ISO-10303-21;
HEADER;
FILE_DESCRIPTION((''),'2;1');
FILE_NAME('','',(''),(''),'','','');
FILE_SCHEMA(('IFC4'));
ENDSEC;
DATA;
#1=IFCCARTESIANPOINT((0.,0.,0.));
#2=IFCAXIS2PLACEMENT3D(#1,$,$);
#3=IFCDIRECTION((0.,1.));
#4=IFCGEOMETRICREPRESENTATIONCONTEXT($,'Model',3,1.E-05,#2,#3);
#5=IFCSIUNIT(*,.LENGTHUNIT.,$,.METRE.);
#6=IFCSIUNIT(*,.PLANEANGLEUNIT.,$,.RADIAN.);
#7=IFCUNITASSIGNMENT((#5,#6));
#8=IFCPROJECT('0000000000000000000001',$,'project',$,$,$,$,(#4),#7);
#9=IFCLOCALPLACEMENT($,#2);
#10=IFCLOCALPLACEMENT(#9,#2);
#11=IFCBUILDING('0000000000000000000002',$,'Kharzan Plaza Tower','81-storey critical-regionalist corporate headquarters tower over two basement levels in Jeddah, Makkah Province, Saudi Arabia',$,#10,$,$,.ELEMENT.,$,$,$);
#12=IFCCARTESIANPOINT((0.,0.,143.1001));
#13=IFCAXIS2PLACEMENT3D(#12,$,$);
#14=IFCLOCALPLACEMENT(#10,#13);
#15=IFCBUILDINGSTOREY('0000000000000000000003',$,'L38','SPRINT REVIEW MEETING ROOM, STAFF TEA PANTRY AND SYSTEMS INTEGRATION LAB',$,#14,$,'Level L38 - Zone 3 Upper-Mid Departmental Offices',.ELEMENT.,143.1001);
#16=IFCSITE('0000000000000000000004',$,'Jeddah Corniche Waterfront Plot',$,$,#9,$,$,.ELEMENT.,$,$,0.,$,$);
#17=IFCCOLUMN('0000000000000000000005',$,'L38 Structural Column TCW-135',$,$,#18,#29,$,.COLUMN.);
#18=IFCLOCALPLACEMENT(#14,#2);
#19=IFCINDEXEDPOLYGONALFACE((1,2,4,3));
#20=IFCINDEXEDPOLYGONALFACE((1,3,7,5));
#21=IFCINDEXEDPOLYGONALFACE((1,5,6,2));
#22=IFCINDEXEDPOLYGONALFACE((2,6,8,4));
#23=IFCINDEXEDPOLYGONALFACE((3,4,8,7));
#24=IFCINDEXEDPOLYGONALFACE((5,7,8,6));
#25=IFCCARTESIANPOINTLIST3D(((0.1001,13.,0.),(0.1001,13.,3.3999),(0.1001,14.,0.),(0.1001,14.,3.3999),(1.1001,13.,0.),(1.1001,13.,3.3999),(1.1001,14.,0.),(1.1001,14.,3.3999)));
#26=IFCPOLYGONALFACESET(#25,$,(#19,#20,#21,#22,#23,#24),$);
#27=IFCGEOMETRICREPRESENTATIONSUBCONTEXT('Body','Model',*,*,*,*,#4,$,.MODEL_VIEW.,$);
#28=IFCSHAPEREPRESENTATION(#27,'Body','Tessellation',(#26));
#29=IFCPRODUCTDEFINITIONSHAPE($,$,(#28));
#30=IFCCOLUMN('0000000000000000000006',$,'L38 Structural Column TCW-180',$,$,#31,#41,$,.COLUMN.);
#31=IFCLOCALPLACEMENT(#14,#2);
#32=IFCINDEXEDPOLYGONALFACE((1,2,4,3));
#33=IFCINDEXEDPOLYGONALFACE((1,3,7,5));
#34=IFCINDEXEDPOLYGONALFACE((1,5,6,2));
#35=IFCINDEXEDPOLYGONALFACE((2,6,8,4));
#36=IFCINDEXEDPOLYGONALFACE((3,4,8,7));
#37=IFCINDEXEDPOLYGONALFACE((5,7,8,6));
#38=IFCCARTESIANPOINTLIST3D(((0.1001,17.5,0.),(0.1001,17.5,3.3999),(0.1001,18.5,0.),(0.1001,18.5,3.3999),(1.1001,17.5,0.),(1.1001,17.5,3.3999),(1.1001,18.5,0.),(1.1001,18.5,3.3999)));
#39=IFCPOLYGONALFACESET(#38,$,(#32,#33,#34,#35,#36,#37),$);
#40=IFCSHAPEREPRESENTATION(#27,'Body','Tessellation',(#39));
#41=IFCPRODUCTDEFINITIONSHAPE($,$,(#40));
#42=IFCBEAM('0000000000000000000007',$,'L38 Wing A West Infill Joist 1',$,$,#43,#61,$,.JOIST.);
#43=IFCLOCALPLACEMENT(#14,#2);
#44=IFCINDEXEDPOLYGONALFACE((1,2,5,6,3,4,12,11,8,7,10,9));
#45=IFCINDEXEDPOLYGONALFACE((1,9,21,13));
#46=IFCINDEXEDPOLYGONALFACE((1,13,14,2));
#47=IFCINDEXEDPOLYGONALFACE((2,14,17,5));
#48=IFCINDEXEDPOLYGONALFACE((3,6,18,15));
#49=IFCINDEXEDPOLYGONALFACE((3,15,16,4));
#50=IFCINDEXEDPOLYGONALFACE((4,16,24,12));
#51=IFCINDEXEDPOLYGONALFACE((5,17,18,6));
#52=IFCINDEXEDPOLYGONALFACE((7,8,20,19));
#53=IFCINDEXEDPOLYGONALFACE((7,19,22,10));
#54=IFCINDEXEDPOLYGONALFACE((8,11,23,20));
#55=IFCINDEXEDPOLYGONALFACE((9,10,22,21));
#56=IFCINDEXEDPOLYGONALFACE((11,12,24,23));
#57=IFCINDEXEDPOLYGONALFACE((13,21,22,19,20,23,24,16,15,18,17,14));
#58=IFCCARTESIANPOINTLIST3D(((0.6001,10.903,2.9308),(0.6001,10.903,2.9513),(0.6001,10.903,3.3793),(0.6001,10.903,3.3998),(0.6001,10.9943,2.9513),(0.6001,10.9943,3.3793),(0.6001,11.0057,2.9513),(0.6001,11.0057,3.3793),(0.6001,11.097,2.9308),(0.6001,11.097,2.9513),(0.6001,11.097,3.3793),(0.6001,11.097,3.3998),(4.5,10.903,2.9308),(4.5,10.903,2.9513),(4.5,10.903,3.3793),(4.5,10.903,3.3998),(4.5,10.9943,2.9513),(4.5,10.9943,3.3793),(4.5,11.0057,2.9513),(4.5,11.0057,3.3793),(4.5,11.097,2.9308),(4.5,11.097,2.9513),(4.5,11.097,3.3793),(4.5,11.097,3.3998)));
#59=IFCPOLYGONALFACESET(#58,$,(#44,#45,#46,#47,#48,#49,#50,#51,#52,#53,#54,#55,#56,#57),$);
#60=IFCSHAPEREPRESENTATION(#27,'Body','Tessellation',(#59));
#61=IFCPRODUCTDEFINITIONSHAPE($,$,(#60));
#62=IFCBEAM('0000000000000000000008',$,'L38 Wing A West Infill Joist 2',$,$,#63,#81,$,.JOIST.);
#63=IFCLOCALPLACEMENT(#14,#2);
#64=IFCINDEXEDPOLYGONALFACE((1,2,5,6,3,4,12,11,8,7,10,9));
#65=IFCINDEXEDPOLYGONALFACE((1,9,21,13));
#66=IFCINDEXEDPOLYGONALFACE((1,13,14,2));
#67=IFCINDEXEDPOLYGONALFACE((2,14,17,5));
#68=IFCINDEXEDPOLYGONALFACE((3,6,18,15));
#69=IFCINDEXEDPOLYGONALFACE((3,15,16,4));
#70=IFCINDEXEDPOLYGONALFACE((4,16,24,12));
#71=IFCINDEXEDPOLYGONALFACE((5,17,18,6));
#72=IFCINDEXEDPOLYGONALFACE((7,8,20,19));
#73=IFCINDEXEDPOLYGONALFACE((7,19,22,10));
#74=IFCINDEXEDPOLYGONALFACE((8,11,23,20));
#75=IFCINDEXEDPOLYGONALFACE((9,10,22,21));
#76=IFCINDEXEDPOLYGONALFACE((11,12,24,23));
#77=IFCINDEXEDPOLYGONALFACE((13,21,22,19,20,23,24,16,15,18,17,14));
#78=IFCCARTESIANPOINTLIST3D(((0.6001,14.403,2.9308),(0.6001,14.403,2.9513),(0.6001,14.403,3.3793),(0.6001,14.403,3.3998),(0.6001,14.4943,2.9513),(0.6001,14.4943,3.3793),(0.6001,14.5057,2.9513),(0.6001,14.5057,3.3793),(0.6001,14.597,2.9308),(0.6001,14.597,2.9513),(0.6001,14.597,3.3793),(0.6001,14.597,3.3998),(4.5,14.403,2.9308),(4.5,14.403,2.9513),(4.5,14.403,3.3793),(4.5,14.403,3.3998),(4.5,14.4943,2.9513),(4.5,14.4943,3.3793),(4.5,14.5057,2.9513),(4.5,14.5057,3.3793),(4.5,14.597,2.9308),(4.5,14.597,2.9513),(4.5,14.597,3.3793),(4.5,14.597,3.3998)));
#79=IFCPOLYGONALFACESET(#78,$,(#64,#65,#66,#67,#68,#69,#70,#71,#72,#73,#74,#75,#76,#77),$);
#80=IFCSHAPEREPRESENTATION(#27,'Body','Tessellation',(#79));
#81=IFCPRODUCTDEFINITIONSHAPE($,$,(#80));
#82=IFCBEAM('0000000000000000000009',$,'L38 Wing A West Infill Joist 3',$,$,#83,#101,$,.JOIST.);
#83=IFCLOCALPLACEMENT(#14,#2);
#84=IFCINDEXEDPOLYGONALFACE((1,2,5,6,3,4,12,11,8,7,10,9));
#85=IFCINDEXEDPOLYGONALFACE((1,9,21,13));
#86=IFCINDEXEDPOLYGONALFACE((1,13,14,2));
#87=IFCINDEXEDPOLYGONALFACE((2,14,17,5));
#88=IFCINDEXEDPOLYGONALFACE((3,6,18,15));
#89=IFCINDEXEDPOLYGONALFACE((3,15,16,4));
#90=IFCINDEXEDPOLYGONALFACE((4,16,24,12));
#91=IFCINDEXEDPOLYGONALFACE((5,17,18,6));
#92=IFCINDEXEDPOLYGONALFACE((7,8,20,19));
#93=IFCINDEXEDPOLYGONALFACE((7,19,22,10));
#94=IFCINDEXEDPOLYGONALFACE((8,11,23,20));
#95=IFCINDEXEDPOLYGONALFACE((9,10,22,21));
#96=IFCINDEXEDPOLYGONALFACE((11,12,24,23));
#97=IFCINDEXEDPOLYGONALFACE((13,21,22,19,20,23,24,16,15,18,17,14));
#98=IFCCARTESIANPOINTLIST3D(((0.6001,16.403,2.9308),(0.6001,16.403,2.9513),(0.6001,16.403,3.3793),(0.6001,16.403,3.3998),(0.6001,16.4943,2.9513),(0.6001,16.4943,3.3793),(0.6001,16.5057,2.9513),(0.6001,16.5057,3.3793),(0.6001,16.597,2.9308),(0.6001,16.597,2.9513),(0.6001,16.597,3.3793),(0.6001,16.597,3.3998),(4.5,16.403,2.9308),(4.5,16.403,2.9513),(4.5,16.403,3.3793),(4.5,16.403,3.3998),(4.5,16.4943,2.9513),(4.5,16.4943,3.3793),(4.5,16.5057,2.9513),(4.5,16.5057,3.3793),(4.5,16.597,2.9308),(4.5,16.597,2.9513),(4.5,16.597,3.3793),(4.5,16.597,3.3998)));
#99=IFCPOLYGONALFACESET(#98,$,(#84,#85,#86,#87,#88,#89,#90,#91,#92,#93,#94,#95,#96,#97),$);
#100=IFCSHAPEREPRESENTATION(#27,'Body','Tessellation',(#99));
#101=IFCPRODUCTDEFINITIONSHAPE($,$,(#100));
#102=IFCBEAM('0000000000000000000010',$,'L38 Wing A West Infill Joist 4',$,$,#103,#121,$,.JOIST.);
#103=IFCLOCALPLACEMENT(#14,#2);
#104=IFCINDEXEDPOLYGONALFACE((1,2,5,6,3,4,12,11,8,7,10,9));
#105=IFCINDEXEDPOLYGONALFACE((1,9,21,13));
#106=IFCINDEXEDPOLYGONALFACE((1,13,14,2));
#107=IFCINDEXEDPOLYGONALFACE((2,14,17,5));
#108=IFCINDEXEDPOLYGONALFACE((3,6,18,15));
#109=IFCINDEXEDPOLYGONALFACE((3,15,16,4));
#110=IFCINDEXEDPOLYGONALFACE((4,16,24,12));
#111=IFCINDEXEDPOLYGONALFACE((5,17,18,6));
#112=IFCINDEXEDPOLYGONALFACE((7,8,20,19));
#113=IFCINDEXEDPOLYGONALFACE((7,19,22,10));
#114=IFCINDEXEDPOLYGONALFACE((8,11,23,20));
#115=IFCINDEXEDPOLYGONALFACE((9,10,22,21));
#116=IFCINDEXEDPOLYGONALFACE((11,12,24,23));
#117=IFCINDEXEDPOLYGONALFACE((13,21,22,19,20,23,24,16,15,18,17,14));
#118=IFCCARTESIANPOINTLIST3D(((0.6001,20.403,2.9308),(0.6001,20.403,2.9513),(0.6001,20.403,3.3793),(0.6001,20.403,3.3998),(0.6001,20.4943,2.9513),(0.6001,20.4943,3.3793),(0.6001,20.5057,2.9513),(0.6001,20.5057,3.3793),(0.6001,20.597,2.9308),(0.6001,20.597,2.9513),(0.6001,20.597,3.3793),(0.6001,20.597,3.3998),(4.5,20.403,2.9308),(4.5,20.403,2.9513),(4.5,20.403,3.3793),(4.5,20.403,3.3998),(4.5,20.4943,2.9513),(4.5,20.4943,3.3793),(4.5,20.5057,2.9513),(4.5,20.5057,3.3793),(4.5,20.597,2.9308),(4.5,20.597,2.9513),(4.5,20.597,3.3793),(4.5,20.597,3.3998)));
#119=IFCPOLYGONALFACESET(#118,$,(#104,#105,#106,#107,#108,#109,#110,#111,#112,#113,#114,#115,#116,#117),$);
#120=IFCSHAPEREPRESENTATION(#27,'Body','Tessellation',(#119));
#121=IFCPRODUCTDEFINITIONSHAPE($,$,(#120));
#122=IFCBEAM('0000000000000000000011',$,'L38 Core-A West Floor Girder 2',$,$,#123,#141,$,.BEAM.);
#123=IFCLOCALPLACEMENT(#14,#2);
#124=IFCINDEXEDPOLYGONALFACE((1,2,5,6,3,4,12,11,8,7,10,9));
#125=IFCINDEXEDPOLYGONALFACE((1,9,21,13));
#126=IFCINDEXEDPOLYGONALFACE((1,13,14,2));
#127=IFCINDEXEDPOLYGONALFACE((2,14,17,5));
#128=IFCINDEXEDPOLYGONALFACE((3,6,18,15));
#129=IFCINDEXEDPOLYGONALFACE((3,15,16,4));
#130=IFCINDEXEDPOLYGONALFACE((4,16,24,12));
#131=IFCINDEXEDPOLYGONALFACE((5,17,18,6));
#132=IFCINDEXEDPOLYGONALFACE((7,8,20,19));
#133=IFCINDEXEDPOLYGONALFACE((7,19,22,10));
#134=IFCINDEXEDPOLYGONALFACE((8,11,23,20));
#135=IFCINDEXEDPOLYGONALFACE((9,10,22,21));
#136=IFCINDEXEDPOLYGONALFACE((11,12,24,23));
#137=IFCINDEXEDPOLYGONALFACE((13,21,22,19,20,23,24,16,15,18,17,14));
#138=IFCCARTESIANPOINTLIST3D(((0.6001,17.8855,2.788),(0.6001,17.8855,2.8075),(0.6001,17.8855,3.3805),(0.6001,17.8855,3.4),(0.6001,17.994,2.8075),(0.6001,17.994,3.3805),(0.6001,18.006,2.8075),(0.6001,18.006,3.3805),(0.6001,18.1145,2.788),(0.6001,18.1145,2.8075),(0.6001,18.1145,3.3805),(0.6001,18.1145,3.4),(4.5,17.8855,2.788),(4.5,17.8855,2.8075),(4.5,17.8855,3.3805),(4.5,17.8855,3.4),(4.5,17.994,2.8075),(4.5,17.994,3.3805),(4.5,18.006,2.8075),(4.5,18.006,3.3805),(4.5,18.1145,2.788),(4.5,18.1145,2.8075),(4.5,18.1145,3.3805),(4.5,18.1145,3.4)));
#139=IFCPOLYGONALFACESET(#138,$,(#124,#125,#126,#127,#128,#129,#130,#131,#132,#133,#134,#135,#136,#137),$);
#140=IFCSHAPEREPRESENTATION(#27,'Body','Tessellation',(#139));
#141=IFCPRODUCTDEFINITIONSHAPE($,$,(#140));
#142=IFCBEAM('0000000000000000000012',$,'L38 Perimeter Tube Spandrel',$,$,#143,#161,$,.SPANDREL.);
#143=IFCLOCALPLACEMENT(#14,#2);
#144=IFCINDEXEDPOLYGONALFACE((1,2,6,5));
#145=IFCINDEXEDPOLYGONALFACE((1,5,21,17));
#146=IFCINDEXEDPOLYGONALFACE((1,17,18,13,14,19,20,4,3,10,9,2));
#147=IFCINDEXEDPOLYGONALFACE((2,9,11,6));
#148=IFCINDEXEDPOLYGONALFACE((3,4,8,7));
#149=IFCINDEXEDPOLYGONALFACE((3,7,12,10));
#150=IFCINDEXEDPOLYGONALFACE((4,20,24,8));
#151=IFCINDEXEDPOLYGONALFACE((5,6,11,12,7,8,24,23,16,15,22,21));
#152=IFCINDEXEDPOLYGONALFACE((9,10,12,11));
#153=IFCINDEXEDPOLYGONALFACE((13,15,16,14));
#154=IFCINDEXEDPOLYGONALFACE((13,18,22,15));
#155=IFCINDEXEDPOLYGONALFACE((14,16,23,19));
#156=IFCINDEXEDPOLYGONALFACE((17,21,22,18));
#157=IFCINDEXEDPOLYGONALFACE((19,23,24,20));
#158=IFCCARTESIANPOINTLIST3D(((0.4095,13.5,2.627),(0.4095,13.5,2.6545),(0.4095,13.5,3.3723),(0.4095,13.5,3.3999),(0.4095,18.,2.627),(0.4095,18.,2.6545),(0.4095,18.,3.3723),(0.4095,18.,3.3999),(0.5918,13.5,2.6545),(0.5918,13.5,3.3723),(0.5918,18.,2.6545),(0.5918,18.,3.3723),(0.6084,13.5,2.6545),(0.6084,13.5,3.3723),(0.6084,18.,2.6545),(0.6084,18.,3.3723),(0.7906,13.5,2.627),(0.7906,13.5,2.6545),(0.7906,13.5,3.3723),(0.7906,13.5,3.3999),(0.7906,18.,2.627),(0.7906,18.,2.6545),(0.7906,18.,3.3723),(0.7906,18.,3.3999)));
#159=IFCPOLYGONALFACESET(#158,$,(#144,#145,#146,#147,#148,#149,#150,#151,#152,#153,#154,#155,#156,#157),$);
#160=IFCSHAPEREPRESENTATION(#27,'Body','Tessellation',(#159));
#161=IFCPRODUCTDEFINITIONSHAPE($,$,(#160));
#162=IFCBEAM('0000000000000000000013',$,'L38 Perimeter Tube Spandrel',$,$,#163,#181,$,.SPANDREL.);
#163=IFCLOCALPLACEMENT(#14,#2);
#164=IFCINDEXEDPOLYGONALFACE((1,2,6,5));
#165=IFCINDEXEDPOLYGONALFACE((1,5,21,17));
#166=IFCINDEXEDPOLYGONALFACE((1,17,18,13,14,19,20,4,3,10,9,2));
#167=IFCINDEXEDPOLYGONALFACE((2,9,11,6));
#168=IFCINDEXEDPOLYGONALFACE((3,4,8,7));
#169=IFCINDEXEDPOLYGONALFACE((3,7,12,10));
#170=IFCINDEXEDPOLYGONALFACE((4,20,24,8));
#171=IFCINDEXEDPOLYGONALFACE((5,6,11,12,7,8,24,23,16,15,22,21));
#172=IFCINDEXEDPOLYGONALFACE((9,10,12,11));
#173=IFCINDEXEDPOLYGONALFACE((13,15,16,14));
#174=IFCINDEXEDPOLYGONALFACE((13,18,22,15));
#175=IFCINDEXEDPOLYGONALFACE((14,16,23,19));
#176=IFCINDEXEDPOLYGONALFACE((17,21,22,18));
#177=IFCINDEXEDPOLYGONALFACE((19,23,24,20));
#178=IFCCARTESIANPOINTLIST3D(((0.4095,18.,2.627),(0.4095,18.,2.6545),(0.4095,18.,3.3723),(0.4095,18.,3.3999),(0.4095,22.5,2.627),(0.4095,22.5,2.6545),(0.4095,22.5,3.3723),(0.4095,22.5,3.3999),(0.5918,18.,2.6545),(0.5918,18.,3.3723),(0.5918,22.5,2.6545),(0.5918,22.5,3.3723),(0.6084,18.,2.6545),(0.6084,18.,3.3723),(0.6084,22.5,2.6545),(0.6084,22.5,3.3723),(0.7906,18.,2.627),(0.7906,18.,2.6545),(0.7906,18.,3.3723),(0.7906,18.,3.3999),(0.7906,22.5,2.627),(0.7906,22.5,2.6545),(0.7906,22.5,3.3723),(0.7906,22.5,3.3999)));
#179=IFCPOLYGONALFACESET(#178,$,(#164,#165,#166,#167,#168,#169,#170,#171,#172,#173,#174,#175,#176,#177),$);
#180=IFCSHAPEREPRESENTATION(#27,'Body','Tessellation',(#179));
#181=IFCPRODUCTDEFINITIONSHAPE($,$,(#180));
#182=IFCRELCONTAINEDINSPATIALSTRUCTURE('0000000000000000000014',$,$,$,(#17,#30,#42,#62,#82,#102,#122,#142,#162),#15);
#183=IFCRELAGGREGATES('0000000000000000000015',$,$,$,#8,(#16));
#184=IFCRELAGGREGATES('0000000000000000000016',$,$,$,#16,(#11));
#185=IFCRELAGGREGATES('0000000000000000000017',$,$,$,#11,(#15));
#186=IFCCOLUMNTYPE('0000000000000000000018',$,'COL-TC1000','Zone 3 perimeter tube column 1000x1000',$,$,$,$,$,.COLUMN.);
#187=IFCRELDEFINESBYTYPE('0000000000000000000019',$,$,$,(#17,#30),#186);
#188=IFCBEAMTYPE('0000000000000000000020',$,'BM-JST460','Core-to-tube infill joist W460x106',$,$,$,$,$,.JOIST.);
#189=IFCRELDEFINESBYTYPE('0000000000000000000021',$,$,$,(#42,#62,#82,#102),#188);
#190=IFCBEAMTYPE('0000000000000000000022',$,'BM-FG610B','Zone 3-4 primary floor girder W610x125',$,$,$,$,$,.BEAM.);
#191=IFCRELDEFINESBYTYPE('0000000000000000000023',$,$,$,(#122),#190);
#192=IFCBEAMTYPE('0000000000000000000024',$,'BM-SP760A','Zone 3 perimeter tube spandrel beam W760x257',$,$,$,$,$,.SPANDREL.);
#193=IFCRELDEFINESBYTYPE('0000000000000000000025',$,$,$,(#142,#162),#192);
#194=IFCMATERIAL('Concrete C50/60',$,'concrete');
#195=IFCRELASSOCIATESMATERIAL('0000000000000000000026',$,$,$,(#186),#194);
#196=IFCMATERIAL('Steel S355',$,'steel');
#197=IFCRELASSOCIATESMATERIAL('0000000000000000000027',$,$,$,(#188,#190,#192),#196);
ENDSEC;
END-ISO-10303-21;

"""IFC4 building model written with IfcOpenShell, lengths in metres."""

from ifc_helpers import new_model, si_unit, direction, frame, origin, origin_2d, place, context, subcontext, project, spatial, rectangle, i_section, extrude, source, transform, mapped, material, material_profile, profile_set, type_object, element, save


model = new_model("IFC4")

# Units and contexts
model_context = context("Model", 3, precision=1e-05, world=origin(), true_north=direction((0.0, 1.0)))
body_context = subcontext(model_context, "Body", "Model", "MODEL_VIEW")
ifc_project = project(units=[si_unit("LENGTHUNIT", "METRE"), si_unit("PLANEANGLEUNIT", "RADIAN")], contexts=[model_context])

# Site, building, storey
site_placement = place(None, origin())
site = spatial("IfcSite", under=ifc_project, at=site_placement, Name="Jeddah Corniche Waterfront Plot", CompositionType="ELEMENT", RefElevation=0.0)
building_placement = place(site_placement, origin())
building = spatial("IfcBuilding", under=site, at=building_placement, Name="Kharzan Plaza Tower", Description="81-storey critical-regionalist corporate headquarters tower over two basement levels in Jeddah, Makkah Province, Saudi Arabia", CompositionType="ELEMENT")
storey_placement = place(building_placement, frame((0.0, 0.0, 143.1001)))
storey = spatial("IfcBuildingStorey", under=building, at=storey_placement, Name="L38", Description="SPRINT REVIEW MEETING ROOM, STAFF TEA PANTRY AND SYSTEMS INTEGRATION LAB", LongName="Level L38 - Zone 3 Upper-Mid Departmental Offices", CompositionType="ELEMENT", Elevation=143.1001)

# Columns
ifc_material_1 = material(Name="Concrete C50/60", Category="concrete")
ifc_material_profile_1 = material_profile(ifc_material_1, rectangle(XDim=1.0, YDim=1.0, at=origin_2d()), Name="RC-TC1000x1000")
ifc_profile_set_1 = profile_set([ifc_material_profile_1], Name="Concrete C50/60")
column_type = type_object("IfcColumnType", Name="COL-TC1000", Description="Zone 3 perimeter tube column 1000x1000", PredefinedType="COLUMN", material=ifc_profile_set_1)
shared_shape_1 = source(origin(), body_context, "Body", "SweptSolid", [
    extrude(rectangle(XDim=1.0, YDim=1.0, at=origin_2d()), origin(), (0.0, 0.0, 1.0), 3.3999),
])
for number, where, z_axis, x_axis, name in (
    (1, (0.6001, 13.5, 0.0), (0.0, 0.0, 1.0), (1.0, 0.0, 0.0), "L38 Structural Column TCW-135"),
    (2, (0.6001, 18.0, 0.0), (0.0, 0.0, 1.0), (1.0, 0.0, 0.0), "L38 Structural Column TCW-180"),
):
    element("IfcColumn", number, at=place(storey_placement, frame(where, z_axis=z_axis, x_axis=x_axis)), inside=storey, type_object=column_type, Name=name, PredefinedType="COLUMN", context=body_context, shape_type="MappedRepresentation", body=[
        mapped(shared_shape_1, transform((0.0, 0.0, 0.0), x_axis=(1.0, 0.0, 0.0), y_axis=(0.0, 1.0, 0.0), z_axis=(0.0, 0.0, 1.0))),
    ])

# Beams
ifc_material_2 = material(Name="Steel S355", Category="steel")
ifc_material_profile_2 = material_profile(ifc_material_2, i_section(OverallWidth=0.1941, OverallDepth=0.469, WebThickness=0.0115, FlangeThickness=0.0205, at=origin_2d()), Name="W460x106")
ifc_profile_set_2 = profile_set([ifc_material_profile_2], Name="Steel S355")
beam_type_1 = type_object("IfcBeamType", Name="BM-JST460", Description="Core-to-tube infill joist W460x106", PredefinedType="JOIST", material=ifc_profile_set_2)
shared_shape_2 = source(origin(), body_context, "Body", "SweptSolid", [
    extrude(i_section(OverallWidth=0.1941, OverallDepth=0.469, WebThickness=0.0115, FlangeThickness=0.0205, at=origin_2d()), origin(), (0.0, 0.0, 1.0), 3.8999),
])
for number, where, z_axis, x_axis, name in (
    (3, (0.6001, 11.0, 3.1653), (1.0, 0.0, 0.0), (0.0, 1.0, 0.0), "L38 Wing A West Infill Joist 1"),
    (4, (0.6001, 14.5, 3.1653), (1.0, 0.0, 0.0), (0.0, 1.0, 0.0), "L38 Wing A West Infill Joist 2"),
    (5, (0.6001, 16.5, 3.1653), (1.0, 0.0, 0.0), (0.0, 1.0, 0.0), "L38 Wing A West Infill Joist 3"),
    (6, (0.6001, 20.5, 3.1653), (1.0, 0.0, 0.0), (0.0, 1.0, 0.0), "L38 Wing A West Infill Joist 4"),
):
    element("IfcBeam", number, at=place(storey_placement, frame(where, z_axis=z_axis, x_axis=x_axis)), inside=storey, type_object=beam_type_1, Name=name, PredefinedType="JOIST", context=body_context, shape_type="MappedRepresentation", body=[
        mapped(shared_shape_2, transform((0.0, 0.0, 0.0), x_axis=(1.0, 0.0, 0.0), y_axis=(0.0, 1.0, 0.0), z_axis=(0.0, 0.0, 1.0))),
    ])
ifc_material_profile_3 = material_profile(ifc_material_2, i_section(OverallWidth=0.229, OverallDepth=0.6121, WebThickness=0.012, FlangeThickness=0.0195, at=origin_2d()), Name="W610x125")
ifc_profile_set_3 = profile_set([ifc_material_profile_3], Name="Steel S355")
beam_type_2 = type_object("IfcBeamType", Name="BM-FG610B", Description="Zone 3-4 primary floor girder W610x125", PredefinedType="BEAM", material=ifc_profile_set_3)
shared_shape_3 = source(origin(), body_context, "Body", "SweptSolid", [
    extrude(i_section(OverallWidth=0.229, OverallDepth=0.6121, WebThickness=0.012, FlangeThickness=0.0195, at=origin_2d()), origin(), (0.0, 0.0, 1.0), 3.8999),
])
beam_placement = place(storey_placement, frame((0.6001, 18.0, 3.094), z_axis=(1.0, 0.0, 0.0), x_axis=(0.0, 1.0, 0.0)))
element("IfcBeam", 7, at=beam_placement, inside=storey, type_object=beam_type_2, Name="L38 Core-A West Floor Girder 2", PredefinedType="BEAM", context=body_context, shape_type="MappedRepresentation", body=[
    mapped(shared_shape_3, transform((0.0, 0.0, 0.0), x_axis=(1.0, 0.0, 0.0), y_axis=(0.0, 1.0, 0.0), z_axis=(0.0, 0.0, 1.0))),
])
ifc_material_profile_4 = material_profile(ifc_material_2, i_section(OverallWidth=0.3811, OverallDepth=0.7729, WebThickness=0.0166, FlangeThickness=0.0276, at=origin_2d()), Name="W760x257")
ifc_profile_set_4 = profile_set([ifc_material_profile_4], Name="Steel S355")
beam_type_3 = type_object("IfcBeamType", Name="BM-SP760A", Description="Zone 3 perimeter tube spandrel beam W760x257", PredefinedType="SPANDREL", material=ifc_profile_set_4)
shared_shape_4 = source(origin(), body_context, "Body", "SweptSolid", [
    extrude(i_section(OverallWidth=0.3811, OverallDepth=0.7729, WebThickness=0.0166, FlangeThickness=0.0276, at=origin_2d()), origin(), (0.0, 0.0, 1.0), 4.5),
])
for number, where, z_axis, x_axis, name in (
    (8, (0.6001, 13.5, 3.0134), (0.0, 1.0, 0.0), (-1.0, 0.0, 0.0), "L38 Perimeter Tube Spandrel"),
    (9, (0.6001, 18.0, 3.0134), (0.0, 1.0, 0.0), (-1.0, 0.0, 0.0), "L38 Perimeter Tube Spandrel"),
):
    element("IfcBeam", number, at=place(storey_placement, frame(where, z_axis=z_axis, x_axis=x_axis)), inside=storey, type_object=beam_type_3, Name=name, PredefinedType="SPANDREL", context=body_context, shape_type="MappedRepresentation", body=[
        mapped(shared_shape_4, transform((0.0, 0.0, 0.0), x_axis=(1.0, 0.0, 0.0), y_axis=(0.0, 1.0, 0.0), z_axis=(0.0, 0.0, 1.0))),
    ])

save(model, "model.ifc")
